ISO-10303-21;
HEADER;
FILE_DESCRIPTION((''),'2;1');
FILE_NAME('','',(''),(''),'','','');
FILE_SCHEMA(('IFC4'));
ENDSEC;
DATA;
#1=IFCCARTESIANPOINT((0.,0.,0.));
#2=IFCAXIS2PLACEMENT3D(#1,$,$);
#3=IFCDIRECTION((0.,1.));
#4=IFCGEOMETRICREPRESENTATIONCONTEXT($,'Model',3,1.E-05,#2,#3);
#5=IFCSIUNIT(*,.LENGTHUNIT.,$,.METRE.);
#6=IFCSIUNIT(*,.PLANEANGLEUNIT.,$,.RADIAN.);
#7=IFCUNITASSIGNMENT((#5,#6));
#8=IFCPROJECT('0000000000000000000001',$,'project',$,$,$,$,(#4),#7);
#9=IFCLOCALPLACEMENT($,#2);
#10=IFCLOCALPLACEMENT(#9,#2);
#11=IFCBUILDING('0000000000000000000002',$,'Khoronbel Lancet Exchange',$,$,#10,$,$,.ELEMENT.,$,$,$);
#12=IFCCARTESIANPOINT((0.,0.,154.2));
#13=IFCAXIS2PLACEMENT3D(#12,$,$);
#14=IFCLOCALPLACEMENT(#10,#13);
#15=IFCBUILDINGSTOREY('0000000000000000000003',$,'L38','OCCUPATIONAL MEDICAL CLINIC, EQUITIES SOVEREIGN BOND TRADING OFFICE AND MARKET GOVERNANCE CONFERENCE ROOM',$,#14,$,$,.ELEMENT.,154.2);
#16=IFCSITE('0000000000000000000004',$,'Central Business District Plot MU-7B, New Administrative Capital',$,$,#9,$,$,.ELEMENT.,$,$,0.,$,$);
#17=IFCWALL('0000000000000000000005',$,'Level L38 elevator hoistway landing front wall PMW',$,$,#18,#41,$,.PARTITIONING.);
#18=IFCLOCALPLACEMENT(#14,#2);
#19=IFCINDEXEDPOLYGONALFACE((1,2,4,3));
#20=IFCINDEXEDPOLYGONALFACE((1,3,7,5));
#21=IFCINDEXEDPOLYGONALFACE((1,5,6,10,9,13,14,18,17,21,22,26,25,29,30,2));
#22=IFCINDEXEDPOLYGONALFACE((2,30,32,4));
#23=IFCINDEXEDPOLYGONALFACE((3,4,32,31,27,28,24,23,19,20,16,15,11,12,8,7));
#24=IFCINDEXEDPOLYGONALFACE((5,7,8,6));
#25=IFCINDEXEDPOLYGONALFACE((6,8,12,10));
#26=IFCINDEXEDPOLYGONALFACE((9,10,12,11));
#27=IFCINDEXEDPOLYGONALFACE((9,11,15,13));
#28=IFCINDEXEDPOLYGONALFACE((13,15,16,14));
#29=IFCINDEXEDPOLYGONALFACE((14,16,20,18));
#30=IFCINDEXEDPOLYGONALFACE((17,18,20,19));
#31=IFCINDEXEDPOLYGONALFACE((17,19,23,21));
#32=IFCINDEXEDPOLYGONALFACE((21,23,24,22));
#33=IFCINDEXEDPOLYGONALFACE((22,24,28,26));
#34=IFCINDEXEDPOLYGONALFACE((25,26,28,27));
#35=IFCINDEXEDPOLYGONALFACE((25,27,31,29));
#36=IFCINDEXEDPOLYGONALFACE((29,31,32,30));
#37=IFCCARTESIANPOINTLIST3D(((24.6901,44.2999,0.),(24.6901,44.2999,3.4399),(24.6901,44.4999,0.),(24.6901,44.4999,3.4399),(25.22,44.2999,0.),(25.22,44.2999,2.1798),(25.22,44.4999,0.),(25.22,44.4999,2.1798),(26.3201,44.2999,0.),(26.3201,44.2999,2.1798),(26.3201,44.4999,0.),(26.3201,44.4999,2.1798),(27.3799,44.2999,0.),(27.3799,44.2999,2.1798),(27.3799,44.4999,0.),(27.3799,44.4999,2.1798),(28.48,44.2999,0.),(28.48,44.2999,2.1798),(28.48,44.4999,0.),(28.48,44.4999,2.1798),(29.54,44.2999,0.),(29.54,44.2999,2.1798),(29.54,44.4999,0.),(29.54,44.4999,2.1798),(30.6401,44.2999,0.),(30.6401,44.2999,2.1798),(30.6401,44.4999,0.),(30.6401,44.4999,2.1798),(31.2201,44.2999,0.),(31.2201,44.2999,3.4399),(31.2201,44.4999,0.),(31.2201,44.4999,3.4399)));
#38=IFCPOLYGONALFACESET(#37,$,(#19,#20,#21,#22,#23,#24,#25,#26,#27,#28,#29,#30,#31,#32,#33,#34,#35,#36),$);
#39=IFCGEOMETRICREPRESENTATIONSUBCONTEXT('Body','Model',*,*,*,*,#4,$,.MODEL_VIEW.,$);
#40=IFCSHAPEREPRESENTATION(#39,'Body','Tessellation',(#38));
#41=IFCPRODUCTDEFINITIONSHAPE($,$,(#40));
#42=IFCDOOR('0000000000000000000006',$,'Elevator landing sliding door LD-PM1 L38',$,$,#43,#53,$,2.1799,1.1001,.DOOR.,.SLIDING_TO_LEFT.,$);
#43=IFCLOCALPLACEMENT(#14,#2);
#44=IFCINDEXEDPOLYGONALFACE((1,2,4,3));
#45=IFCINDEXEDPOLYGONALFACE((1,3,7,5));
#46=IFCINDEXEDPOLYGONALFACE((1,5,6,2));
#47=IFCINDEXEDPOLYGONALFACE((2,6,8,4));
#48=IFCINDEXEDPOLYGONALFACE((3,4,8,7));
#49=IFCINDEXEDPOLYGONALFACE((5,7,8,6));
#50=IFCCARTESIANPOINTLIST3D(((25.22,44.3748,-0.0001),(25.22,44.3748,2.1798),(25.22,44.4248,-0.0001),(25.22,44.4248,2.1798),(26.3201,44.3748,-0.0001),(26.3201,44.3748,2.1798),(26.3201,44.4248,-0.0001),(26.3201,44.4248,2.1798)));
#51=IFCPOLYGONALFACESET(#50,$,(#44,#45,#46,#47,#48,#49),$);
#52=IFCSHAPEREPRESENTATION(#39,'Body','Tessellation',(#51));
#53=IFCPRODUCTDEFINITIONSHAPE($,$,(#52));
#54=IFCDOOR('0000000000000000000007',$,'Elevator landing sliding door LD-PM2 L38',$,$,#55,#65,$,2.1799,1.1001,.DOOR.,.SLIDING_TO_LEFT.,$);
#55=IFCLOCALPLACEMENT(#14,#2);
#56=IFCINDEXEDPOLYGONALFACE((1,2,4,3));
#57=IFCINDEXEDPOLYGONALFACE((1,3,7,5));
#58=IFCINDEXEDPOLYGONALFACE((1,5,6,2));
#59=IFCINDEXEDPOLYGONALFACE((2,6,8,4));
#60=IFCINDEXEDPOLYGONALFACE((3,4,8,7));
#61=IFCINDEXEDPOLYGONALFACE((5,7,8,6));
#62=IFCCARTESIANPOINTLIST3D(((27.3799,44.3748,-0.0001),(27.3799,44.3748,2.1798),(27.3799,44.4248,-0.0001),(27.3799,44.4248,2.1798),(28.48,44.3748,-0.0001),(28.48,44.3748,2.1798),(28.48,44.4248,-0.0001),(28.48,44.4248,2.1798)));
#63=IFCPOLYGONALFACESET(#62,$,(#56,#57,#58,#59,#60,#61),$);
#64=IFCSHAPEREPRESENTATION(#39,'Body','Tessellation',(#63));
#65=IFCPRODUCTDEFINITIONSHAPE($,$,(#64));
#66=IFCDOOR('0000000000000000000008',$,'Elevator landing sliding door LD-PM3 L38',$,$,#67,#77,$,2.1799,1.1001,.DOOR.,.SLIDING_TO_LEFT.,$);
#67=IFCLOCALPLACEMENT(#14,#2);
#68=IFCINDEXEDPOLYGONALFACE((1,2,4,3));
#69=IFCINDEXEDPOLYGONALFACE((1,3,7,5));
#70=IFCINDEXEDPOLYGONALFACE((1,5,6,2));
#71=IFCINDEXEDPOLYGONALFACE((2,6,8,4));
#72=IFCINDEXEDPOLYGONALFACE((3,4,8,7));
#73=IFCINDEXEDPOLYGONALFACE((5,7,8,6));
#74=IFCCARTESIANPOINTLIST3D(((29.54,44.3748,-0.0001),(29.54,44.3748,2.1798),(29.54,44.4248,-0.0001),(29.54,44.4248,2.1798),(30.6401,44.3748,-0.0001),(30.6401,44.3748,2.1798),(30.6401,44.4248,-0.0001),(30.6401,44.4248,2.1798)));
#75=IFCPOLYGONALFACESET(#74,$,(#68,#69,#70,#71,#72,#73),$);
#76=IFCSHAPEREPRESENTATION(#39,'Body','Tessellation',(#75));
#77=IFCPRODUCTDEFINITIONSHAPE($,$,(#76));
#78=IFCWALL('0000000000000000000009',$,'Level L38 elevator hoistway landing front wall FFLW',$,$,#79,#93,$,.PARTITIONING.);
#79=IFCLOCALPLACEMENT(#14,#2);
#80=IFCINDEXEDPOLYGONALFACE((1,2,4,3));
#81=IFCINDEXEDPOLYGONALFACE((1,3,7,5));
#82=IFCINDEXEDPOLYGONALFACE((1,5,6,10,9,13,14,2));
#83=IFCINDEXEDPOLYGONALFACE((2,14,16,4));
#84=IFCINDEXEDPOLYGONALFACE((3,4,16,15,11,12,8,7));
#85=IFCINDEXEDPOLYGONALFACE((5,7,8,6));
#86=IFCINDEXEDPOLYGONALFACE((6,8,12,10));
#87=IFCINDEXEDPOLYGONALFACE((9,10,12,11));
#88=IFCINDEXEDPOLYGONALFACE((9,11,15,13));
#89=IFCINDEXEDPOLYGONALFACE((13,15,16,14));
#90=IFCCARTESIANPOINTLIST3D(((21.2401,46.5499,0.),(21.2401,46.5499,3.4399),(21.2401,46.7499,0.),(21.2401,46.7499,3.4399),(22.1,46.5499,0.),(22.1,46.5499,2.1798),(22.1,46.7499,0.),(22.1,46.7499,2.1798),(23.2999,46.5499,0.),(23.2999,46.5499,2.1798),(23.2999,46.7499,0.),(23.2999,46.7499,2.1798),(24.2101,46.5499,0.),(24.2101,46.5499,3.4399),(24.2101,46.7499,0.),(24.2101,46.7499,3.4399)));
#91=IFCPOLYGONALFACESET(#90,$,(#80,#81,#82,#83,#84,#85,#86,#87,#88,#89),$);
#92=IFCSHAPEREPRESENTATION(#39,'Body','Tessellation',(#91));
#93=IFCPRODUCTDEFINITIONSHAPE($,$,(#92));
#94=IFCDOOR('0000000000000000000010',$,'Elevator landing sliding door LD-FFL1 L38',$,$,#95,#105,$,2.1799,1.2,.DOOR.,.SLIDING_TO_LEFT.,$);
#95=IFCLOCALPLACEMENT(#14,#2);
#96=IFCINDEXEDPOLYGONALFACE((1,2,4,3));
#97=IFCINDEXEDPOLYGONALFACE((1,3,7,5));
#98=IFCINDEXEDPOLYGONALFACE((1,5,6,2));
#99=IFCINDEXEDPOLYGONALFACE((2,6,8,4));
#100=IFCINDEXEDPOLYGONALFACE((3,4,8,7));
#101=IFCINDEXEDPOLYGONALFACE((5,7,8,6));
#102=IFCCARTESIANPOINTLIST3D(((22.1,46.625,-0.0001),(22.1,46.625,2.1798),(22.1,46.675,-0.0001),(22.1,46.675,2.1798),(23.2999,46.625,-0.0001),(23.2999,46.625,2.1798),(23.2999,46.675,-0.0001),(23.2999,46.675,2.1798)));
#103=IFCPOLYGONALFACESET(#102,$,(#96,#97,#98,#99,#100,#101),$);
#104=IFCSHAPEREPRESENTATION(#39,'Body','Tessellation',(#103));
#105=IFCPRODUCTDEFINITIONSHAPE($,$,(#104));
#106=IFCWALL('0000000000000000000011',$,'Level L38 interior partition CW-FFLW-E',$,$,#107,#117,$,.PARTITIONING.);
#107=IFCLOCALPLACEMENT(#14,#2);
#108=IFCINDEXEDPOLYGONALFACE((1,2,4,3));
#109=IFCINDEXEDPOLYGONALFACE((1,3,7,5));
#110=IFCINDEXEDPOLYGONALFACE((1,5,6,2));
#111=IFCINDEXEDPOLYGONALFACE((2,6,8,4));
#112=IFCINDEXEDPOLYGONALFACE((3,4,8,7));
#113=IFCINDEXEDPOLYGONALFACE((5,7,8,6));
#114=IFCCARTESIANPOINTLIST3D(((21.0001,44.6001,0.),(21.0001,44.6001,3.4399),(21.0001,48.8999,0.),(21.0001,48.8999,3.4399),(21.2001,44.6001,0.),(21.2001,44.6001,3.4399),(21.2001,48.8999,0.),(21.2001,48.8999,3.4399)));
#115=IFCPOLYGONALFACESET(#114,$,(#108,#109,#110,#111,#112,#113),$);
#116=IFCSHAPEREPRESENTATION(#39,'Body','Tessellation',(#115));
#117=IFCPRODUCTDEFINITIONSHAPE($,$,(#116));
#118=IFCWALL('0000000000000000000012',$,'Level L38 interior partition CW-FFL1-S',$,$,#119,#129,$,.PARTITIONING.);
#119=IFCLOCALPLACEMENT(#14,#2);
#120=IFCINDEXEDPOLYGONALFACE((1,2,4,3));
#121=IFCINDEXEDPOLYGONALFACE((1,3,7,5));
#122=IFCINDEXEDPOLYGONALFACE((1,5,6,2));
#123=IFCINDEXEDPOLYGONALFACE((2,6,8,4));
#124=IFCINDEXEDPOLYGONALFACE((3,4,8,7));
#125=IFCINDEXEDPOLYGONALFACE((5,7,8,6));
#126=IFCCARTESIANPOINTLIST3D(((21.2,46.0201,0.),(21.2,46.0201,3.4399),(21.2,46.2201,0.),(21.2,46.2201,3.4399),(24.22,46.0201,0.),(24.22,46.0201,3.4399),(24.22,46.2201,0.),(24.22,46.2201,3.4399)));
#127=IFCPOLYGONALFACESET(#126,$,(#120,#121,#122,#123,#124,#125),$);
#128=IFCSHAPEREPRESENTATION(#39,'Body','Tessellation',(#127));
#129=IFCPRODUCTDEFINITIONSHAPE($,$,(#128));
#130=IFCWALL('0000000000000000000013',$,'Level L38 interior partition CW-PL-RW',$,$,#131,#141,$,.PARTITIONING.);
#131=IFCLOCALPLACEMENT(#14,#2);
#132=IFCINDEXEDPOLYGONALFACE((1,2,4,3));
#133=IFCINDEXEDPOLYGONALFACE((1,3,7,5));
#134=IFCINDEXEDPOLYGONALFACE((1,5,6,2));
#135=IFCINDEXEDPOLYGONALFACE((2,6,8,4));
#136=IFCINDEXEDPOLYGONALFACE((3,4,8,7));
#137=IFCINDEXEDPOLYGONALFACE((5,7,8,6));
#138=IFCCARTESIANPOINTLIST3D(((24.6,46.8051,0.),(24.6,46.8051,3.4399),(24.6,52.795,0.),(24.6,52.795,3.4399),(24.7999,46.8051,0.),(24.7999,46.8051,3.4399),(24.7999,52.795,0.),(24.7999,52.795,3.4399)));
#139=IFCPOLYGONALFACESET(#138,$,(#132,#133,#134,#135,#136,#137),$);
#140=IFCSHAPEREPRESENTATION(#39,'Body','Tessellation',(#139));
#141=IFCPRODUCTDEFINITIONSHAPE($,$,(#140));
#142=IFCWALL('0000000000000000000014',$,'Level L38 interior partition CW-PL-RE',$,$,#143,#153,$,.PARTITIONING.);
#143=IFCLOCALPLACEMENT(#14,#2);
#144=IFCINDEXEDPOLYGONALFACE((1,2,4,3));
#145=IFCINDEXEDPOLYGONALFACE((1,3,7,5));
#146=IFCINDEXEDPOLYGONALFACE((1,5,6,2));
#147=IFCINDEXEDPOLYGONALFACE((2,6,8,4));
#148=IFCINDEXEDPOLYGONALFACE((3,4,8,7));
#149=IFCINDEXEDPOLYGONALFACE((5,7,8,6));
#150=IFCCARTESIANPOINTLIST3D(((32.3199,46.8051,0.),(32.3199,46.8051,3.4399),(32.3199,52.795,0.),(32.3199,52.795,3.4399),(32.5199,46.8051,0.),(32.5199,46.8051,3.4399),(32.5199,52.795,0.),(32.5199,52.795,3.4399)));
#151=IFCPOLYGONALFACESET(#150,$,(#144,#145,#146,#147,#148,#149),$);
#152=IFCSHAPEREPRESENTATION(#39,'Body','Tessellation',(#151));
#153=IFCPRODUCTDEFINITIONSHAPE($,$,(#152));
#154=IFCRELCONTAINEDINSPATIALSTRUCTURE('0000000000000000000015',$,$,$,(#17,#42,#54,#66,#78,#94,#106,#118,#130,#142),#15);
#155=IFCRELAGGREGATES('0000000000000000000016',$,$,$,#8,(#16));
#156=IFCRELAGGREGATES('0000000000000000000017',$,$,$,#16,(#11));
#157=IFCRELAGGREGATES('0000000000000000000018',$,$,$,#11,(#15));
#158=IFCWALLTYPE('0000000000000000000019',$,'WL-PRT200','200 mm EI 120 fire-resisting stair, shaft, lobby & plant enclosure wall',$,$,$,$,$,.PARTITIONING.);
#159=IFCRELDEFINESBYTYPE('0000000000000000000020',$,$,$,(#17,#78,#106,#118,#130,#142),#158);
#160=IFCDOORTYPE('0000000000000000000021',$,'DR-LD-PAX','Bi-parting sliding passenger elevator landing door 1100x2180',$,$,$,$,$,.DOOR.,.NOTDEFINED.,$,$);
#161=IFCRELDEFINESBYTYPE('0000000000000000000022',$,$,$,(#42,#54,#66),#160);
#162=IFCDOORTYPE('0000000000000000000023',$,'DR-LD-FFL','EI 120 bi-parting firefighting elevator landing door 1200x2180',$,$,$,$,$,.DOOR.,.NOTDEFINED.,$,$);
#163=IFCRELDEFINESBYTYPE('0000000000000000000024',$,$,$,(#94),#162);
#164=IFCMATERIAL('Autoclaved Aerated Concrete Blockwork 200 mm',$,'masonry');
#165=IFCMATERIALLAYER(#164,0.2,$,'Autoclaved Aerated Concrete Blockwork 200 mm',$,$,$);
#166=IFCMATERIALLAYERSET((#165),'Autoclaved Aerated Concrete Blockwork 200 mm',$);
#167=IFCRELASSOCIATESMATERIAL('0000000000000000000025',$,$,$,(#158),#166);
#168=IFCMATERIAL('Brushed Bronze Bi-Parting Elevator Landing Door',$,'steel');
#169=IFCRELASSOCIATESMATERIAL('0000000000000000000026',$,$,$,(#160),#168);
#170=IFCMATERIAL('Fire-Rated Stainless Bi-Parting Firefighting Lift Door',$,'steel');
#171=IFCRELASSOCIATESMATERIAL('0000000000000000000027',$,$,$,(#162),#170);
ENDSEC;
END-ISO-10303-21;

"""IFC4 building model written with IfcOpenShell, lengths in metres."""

from ifc_helpers import new_model, si_unit, direction, frame, frame_2d, origin, place, context, subcontext, project, spatial, rectangle, extrude, material, layer, layer_set, type_object, element, fill, save


model = new_model("IFC4")

# Units and contexts
model_context = context("Model", 3, precision=1e-05, world=origin(), true_north=direction((0.0, 1.0)))
body_context = subcontext(model_context, "Body", "Model", "MODEL_VIEW")
ifc_project = project(units=[si_unit("LENGTHUNIT", "METRE"), si_unit("PLANEANGLEUNIT", "RADIAN")], contexts=[model_context])

# Site, building, storey
site_placement = place(None, origin())
site = spatial("IfcSite", under=ifc_project, at=site_placement, Name="Central Business District Plot MU-7B, New Administrative Capital", CompositionType="ELEMENT", RefElevation=0.0)
building_placement = place(site_placement, origin())
building = spatial("IfcBuilding", under=site, at=building_placement, Name="Khoronbel Lancet Exchange", CompositionType="ELEMENT")
storey_placement = place(building_placement, frame((0.0, 0.0, 154.2)))
storey = spatial("IfcBuildingStorey", under=building, at=storey_placement, Name="L38", Description="OCCUPATIONAL MEDICAL CLINIC, EQUITIES SOVEREIGN BOND TRADING OFFICE AND MARKET GOVERNANCE CONFERENCE ROOM", CompositionType="ELEMENT", Elevation=154.2)

# Wall, openings, doors
ifc_material_1 = material(Name="Autoclaved Aerated Concrete Blockwork 200 mm", Category="masonry")
ifc_layer_1 = layer(ifc_material_1, 0.2, Name="Autoclaved Aerated Concrete Blockwork 200 mm")
ifc_layer_set_1 = layer_set([ifc_layer_1], Name="Autoclaved Aerated Concrete Blockwork 200 mm")
wall_type_1 = type_object("IfcWallType", Name="WL-PRT200", Description="200 mm EI 120 fire-resisting stair, shaft, lobby & plant enclosure wall", PredefinedType="PARTITIONING", material=ifc_layer_set_1)
wall_1_placement = place(storey_placement, frame((24.6899, 44.3999, 0.0), z_axis=(0.0, 0.0, 1.0), x_axis=(1.0, 0.0, 0.0)))
wall_1 = element("IfcWall", 1, at=wall_1_placement, inside=storey, type_object=wall_type_1, Name="Level L38 elevator hoistway landing front wall PMW", PredefinedType="PARTITIONING", context=body_context, shape_type="SweptSolid", body=[
    extrude(rectangle(XDim=6.53, YDim=0.2, at=frame_2d((3.2651, 0.0))), origin(), (0.0, 0.0, 1.0), 3.4399),
])
opening_1_placement = place(wall_1_placement, frame((0.53, 0.0, 0.0)))
opening_1 = element("IfcOpeningElement", 2, at=opening_1_placement, cuts=wall_1, PredefinedType="OPENING", context=body_context, shape_type="SweptSolid", body=[
    extrude(rectangle(XDim=1.1001, YDim=2.1799, at=frame_2d((0.55, 1.0898))), frame((0.0, 0.1099, 0.0), z_axis=(0.0, -1.0, 0.0), x_axis=(1.0, 0.0, 0.0)), (0.0, 0.0, 1.0), 0.22),
])
opening_2_placement = place(wall_1_placement, frame((2.6899, 0.0, 0.0)))
opening_2 = element("IfcOpeningElement", 3, at=opening_2_placement, cuts=wall_1, PredefinedType="OPENING", context=body_context, shape_type="SweptSolid", body=[
    extrude(rectangle(XDim=1.1001, YDim=2.1799, at=frame_2d((0.55, 1.0898))), frame((0.0, 0.1099, 0.0), z_axis=(0.0, -1.0, 0.0), x_axis=(1.0, 0.0, 0.0)), (0.0, 0.0, 1.0), 0.22),
])
opening_3_placement = place(wall_1_placement, frame((4.8501, 0.0, 0.0)))
opening_3 = element("IfcOpeningElement", 4, at=opening_3_placement, cuts=wall_1, PredefinedType="OPENING", context=body_context, shape_type="SweptSolid", body=[
    extrude(rectangle(XDim=1.1001, YDim=2.1799, at=frame_2d((0.55, 1.0898))), frame((0.0, 0.1099, 0.0), z_axis=(0.0, -1.0, 0.0), x_axis=(1.0, 0.0, 0.0)), (0.0, 0.0, 1.0), 0.22),
])
ifc_material_2 = material(Name="Brushed Bronze Bi-Parting Elevator Landing Door", Category="steel")
door_type_1 = type_object("IfcDoorType", Name="DR-LD-PAX", Description="Bi-parting sliding passenger elevator landing door 1100x2180", OperationType="NOTDEFINED", PredefinedType="DOOR", material=ifc_material_2)
door_1_placement = place(opening_1_placement, origin())
door_1 = element("IfcDoor", 5, at=door_1_placement, inside=storey, type_object=door_type_1, Name="Elevator landing sliding door LD-PM1 L38", OperationType="SLIDING_TO_LEFT", OverallHeight=2.1799, OverallWidth=1.1001, PredefinedType="DOOR", context=body_context, shape_type="SweptSolid", body=[
    extrude(rectangle(XDim=1.1001, YDim=2.1799, at=frame_2d((0.55, 1.0898))), frame((0.0, 0.0249, 0.0), z_axis=(0.0, -1.0, 0.0), x_axis=(1.0, 0.0, 0.0)), (0.0, 0.0, 1.0), 0.05),
])
fill(opening_1, door_1)
door_2_placement = place(opening_2_placement, origin())
door_2 = element("IfcDoor", 6, at=door_2_placement, inside=storey, type_object=door_type_1, Name="Elevator landing sliding door LD-PM2 L38", OperationType="SLIDING_TO_LEFT", OverallHeight=2.1799, OverallWidth=1.1001, PredefinedType="DOOR", context=body_context, shape_type="SweptSolid", body=[
    extrude(rectangle(XDim=1.1001, YDim=2.1799, at=frame_2d((0.55, 1.0898))), frame((0.0, 0.0249, 0.0), z_axis=(0.0, -1.0, 0.0), x_axis=(1.0, 0.0, 0.0)), (0.0, 0.0, 1.0), 0.05),
])
fill(opening_2, door_2)
door_3_placement = place(opening_3_placement, origin())
door_3 = element("IfcDoor", 7, at=door_3_placement, inside=storey, type_object=door_type_1, Name="Elevator landing sliding door LD-PM3 L38", OperationType="SLIDING_TO_LEFT", OverallHeight=2.1799, OverallWidth=1.1001, PredefinedType="DOOR", context=body_context, shape_type="SweptSolid", body=[
    extrude(rectangle(XDim=1.1001, YDim=2.1799, at=frame_2d((0.55, 1.0898))), frame((0.0, 0.0249, 0.0), z_axis=(0.0, -1.0, 0.0), x_axis=(1.0, 0.0, 0.0)), (0.0, 0.0, 1.0), 0.05),
])
fill(opening_3, door_3)

# Wall, opening, door
wall_2_placement = place(storey_placement, frame((24.21, 46.6499, 0.0), z_axis=(0.0, 0.0, 1.0), x_axis=(-1.0, 0.0, 0.0)))
wall_2 = element("IfcWall", 8, at=wall_2_placement, inside=storey, type_object=wall_type_1, Name="Level L38 elevator hoistway landing front wall FFLW", PredefinedType="PARTITIONING", context=body_context, shape_type="SweptSolid", body=[
    extrude(rectangle(XDim=2.97, YDim=0.2, at=frame_2d((1.4849, 0.0))), origin(), (0.0, 0.0, 1.0), 3.4399),
])
opening_4_placement = place(wall_2_placement, frame((0.9099, 0.0, 0.0)))
opening_4 = element("IfcOpeningElement", 9, at=opening_4_placement, cuts=wall_2, PredefinedType="OPENING", context=body_context, shape_type="SweptSolid", body=[
    extrude(rectangle(XDim=1.2, YDim=2.1799, at=frame_2d((0.6001, 1.0898))), frame((0.0, 0.1099, 0.0), z_axis=(0.0, -1.0, 0.0), x_axis=(1.0, 0.0, 0.0)), (0.0, 0.0, 1.0), 0.22),
])
ifc_material_3 = material(Name="Fire-Rated Stainless Bi-Parting Firefighting Lift Door", Category="steel")
door_type_2 = type_object("IfcDoorType", Name="DR-LD-FFL", Description="EI 120 bi-parting firefighting elevator landing door 1200x2180", OperationType="NOTDEFINED", PredefinedType="DOOR", material=ifc_material_3)
door_4_placement = place(opening_4_placement, origin())
door_4 = element("IfcDoor", 10, at=door_4_placement, inside=storey, type_object=door_type_2, Name="Elevator landing sliding door LD-FFL1 L38", OperationType="SLIDING_TO_LEFT", OverallHeight=2.1799, OverallWidth=1.2, PredefinedType="DOOR", context=body_context, shape_type="SweptSolid", body=[
    extrude(rectangle(XDim=1.2, YDim=2.1799, at=frame_2d((0.6001, 1.0898))), frame((0.0, 0.0249, 0.0), z_axis=(0.0, -1.0, 0.0), x_axis=(1.0, 0.0, 0.0)), (0.0, 0.0, 1.0), 0.05),
])
fill(opening_4, door_4)

# Walls
wall_3_placement = place(storey_placement, frame((21.1001, 44.6001, 0.0), z_axis=(0.0, 0.0, 1.0), x_axis=(0.0, 1.0, 0.0)))
element("IfcWall", 11, at=wall_3_placement, inside=storey, type_object=wall_type_1, Name="Level L38 interior partition CW-FFLW-E", PredefinedType="PARTITIONING", context=body_context, shape_type="SweptSolid", body=[
    extrude(rectangle(XDim=4.2998, YDim=0.2, at=frame_2d((2.1499, 0.0))), origin(), (0.0, 0.0, 1.0), 3.4399),
])
wall_4_placement = place(storey_placement, frame((21.2, 46.1201, 0.0), z_axis=(0.0, 0.0, 1.0), x_axis=(1.0, 0.0, 0.0)))
element("IfcWall", 12, at=wall_4_placement, inside=storey, type_object=wall_type_1, Name="Level L38 interior partition CW-FFL1-S", PredefinedType="PARTITIONING", context=body_context, shape_type="SweptSolid", body=[
    extrude(rectangle(XDim=3.02, YDim=0.2, at=frame_2d((1.51, 0.0))), origin(), (0.0, 0.0, 1.0), 3.4399),
])
for number, where, z_axis, x_axis, name in (
    (13, (24.7, 46.8049, 0.0), (0.0, 0.0, 1.0), (0.0, 1.0, 0.0), "Level L38 interior partition CW-PL-RW"),
    (14, (32.4199, 46.8049, 0.0), (0.0, 0.0, 1.0), (0.0, 1.0, 0.0), "Level L38 interior partition CW-PL-RE"),
):
    element("IfcWall", number, at=place(storey_placement, frame(where, z_axis=z_axis, x_axis=x_axis)), inside=storey, type_object=wall_type_1, Name=name, PredefinedType="PARTITIONING", context=body_context, shape_type="SweptSolid", body=[
        extrude(rectangle(XDim=5.99, YDim=0.2, at=frame_2d((2.9951, 0.0))), origin(), (0.0, 0.0, 1.0), 3.4399),
    ])

save(model, "model.ifc")
